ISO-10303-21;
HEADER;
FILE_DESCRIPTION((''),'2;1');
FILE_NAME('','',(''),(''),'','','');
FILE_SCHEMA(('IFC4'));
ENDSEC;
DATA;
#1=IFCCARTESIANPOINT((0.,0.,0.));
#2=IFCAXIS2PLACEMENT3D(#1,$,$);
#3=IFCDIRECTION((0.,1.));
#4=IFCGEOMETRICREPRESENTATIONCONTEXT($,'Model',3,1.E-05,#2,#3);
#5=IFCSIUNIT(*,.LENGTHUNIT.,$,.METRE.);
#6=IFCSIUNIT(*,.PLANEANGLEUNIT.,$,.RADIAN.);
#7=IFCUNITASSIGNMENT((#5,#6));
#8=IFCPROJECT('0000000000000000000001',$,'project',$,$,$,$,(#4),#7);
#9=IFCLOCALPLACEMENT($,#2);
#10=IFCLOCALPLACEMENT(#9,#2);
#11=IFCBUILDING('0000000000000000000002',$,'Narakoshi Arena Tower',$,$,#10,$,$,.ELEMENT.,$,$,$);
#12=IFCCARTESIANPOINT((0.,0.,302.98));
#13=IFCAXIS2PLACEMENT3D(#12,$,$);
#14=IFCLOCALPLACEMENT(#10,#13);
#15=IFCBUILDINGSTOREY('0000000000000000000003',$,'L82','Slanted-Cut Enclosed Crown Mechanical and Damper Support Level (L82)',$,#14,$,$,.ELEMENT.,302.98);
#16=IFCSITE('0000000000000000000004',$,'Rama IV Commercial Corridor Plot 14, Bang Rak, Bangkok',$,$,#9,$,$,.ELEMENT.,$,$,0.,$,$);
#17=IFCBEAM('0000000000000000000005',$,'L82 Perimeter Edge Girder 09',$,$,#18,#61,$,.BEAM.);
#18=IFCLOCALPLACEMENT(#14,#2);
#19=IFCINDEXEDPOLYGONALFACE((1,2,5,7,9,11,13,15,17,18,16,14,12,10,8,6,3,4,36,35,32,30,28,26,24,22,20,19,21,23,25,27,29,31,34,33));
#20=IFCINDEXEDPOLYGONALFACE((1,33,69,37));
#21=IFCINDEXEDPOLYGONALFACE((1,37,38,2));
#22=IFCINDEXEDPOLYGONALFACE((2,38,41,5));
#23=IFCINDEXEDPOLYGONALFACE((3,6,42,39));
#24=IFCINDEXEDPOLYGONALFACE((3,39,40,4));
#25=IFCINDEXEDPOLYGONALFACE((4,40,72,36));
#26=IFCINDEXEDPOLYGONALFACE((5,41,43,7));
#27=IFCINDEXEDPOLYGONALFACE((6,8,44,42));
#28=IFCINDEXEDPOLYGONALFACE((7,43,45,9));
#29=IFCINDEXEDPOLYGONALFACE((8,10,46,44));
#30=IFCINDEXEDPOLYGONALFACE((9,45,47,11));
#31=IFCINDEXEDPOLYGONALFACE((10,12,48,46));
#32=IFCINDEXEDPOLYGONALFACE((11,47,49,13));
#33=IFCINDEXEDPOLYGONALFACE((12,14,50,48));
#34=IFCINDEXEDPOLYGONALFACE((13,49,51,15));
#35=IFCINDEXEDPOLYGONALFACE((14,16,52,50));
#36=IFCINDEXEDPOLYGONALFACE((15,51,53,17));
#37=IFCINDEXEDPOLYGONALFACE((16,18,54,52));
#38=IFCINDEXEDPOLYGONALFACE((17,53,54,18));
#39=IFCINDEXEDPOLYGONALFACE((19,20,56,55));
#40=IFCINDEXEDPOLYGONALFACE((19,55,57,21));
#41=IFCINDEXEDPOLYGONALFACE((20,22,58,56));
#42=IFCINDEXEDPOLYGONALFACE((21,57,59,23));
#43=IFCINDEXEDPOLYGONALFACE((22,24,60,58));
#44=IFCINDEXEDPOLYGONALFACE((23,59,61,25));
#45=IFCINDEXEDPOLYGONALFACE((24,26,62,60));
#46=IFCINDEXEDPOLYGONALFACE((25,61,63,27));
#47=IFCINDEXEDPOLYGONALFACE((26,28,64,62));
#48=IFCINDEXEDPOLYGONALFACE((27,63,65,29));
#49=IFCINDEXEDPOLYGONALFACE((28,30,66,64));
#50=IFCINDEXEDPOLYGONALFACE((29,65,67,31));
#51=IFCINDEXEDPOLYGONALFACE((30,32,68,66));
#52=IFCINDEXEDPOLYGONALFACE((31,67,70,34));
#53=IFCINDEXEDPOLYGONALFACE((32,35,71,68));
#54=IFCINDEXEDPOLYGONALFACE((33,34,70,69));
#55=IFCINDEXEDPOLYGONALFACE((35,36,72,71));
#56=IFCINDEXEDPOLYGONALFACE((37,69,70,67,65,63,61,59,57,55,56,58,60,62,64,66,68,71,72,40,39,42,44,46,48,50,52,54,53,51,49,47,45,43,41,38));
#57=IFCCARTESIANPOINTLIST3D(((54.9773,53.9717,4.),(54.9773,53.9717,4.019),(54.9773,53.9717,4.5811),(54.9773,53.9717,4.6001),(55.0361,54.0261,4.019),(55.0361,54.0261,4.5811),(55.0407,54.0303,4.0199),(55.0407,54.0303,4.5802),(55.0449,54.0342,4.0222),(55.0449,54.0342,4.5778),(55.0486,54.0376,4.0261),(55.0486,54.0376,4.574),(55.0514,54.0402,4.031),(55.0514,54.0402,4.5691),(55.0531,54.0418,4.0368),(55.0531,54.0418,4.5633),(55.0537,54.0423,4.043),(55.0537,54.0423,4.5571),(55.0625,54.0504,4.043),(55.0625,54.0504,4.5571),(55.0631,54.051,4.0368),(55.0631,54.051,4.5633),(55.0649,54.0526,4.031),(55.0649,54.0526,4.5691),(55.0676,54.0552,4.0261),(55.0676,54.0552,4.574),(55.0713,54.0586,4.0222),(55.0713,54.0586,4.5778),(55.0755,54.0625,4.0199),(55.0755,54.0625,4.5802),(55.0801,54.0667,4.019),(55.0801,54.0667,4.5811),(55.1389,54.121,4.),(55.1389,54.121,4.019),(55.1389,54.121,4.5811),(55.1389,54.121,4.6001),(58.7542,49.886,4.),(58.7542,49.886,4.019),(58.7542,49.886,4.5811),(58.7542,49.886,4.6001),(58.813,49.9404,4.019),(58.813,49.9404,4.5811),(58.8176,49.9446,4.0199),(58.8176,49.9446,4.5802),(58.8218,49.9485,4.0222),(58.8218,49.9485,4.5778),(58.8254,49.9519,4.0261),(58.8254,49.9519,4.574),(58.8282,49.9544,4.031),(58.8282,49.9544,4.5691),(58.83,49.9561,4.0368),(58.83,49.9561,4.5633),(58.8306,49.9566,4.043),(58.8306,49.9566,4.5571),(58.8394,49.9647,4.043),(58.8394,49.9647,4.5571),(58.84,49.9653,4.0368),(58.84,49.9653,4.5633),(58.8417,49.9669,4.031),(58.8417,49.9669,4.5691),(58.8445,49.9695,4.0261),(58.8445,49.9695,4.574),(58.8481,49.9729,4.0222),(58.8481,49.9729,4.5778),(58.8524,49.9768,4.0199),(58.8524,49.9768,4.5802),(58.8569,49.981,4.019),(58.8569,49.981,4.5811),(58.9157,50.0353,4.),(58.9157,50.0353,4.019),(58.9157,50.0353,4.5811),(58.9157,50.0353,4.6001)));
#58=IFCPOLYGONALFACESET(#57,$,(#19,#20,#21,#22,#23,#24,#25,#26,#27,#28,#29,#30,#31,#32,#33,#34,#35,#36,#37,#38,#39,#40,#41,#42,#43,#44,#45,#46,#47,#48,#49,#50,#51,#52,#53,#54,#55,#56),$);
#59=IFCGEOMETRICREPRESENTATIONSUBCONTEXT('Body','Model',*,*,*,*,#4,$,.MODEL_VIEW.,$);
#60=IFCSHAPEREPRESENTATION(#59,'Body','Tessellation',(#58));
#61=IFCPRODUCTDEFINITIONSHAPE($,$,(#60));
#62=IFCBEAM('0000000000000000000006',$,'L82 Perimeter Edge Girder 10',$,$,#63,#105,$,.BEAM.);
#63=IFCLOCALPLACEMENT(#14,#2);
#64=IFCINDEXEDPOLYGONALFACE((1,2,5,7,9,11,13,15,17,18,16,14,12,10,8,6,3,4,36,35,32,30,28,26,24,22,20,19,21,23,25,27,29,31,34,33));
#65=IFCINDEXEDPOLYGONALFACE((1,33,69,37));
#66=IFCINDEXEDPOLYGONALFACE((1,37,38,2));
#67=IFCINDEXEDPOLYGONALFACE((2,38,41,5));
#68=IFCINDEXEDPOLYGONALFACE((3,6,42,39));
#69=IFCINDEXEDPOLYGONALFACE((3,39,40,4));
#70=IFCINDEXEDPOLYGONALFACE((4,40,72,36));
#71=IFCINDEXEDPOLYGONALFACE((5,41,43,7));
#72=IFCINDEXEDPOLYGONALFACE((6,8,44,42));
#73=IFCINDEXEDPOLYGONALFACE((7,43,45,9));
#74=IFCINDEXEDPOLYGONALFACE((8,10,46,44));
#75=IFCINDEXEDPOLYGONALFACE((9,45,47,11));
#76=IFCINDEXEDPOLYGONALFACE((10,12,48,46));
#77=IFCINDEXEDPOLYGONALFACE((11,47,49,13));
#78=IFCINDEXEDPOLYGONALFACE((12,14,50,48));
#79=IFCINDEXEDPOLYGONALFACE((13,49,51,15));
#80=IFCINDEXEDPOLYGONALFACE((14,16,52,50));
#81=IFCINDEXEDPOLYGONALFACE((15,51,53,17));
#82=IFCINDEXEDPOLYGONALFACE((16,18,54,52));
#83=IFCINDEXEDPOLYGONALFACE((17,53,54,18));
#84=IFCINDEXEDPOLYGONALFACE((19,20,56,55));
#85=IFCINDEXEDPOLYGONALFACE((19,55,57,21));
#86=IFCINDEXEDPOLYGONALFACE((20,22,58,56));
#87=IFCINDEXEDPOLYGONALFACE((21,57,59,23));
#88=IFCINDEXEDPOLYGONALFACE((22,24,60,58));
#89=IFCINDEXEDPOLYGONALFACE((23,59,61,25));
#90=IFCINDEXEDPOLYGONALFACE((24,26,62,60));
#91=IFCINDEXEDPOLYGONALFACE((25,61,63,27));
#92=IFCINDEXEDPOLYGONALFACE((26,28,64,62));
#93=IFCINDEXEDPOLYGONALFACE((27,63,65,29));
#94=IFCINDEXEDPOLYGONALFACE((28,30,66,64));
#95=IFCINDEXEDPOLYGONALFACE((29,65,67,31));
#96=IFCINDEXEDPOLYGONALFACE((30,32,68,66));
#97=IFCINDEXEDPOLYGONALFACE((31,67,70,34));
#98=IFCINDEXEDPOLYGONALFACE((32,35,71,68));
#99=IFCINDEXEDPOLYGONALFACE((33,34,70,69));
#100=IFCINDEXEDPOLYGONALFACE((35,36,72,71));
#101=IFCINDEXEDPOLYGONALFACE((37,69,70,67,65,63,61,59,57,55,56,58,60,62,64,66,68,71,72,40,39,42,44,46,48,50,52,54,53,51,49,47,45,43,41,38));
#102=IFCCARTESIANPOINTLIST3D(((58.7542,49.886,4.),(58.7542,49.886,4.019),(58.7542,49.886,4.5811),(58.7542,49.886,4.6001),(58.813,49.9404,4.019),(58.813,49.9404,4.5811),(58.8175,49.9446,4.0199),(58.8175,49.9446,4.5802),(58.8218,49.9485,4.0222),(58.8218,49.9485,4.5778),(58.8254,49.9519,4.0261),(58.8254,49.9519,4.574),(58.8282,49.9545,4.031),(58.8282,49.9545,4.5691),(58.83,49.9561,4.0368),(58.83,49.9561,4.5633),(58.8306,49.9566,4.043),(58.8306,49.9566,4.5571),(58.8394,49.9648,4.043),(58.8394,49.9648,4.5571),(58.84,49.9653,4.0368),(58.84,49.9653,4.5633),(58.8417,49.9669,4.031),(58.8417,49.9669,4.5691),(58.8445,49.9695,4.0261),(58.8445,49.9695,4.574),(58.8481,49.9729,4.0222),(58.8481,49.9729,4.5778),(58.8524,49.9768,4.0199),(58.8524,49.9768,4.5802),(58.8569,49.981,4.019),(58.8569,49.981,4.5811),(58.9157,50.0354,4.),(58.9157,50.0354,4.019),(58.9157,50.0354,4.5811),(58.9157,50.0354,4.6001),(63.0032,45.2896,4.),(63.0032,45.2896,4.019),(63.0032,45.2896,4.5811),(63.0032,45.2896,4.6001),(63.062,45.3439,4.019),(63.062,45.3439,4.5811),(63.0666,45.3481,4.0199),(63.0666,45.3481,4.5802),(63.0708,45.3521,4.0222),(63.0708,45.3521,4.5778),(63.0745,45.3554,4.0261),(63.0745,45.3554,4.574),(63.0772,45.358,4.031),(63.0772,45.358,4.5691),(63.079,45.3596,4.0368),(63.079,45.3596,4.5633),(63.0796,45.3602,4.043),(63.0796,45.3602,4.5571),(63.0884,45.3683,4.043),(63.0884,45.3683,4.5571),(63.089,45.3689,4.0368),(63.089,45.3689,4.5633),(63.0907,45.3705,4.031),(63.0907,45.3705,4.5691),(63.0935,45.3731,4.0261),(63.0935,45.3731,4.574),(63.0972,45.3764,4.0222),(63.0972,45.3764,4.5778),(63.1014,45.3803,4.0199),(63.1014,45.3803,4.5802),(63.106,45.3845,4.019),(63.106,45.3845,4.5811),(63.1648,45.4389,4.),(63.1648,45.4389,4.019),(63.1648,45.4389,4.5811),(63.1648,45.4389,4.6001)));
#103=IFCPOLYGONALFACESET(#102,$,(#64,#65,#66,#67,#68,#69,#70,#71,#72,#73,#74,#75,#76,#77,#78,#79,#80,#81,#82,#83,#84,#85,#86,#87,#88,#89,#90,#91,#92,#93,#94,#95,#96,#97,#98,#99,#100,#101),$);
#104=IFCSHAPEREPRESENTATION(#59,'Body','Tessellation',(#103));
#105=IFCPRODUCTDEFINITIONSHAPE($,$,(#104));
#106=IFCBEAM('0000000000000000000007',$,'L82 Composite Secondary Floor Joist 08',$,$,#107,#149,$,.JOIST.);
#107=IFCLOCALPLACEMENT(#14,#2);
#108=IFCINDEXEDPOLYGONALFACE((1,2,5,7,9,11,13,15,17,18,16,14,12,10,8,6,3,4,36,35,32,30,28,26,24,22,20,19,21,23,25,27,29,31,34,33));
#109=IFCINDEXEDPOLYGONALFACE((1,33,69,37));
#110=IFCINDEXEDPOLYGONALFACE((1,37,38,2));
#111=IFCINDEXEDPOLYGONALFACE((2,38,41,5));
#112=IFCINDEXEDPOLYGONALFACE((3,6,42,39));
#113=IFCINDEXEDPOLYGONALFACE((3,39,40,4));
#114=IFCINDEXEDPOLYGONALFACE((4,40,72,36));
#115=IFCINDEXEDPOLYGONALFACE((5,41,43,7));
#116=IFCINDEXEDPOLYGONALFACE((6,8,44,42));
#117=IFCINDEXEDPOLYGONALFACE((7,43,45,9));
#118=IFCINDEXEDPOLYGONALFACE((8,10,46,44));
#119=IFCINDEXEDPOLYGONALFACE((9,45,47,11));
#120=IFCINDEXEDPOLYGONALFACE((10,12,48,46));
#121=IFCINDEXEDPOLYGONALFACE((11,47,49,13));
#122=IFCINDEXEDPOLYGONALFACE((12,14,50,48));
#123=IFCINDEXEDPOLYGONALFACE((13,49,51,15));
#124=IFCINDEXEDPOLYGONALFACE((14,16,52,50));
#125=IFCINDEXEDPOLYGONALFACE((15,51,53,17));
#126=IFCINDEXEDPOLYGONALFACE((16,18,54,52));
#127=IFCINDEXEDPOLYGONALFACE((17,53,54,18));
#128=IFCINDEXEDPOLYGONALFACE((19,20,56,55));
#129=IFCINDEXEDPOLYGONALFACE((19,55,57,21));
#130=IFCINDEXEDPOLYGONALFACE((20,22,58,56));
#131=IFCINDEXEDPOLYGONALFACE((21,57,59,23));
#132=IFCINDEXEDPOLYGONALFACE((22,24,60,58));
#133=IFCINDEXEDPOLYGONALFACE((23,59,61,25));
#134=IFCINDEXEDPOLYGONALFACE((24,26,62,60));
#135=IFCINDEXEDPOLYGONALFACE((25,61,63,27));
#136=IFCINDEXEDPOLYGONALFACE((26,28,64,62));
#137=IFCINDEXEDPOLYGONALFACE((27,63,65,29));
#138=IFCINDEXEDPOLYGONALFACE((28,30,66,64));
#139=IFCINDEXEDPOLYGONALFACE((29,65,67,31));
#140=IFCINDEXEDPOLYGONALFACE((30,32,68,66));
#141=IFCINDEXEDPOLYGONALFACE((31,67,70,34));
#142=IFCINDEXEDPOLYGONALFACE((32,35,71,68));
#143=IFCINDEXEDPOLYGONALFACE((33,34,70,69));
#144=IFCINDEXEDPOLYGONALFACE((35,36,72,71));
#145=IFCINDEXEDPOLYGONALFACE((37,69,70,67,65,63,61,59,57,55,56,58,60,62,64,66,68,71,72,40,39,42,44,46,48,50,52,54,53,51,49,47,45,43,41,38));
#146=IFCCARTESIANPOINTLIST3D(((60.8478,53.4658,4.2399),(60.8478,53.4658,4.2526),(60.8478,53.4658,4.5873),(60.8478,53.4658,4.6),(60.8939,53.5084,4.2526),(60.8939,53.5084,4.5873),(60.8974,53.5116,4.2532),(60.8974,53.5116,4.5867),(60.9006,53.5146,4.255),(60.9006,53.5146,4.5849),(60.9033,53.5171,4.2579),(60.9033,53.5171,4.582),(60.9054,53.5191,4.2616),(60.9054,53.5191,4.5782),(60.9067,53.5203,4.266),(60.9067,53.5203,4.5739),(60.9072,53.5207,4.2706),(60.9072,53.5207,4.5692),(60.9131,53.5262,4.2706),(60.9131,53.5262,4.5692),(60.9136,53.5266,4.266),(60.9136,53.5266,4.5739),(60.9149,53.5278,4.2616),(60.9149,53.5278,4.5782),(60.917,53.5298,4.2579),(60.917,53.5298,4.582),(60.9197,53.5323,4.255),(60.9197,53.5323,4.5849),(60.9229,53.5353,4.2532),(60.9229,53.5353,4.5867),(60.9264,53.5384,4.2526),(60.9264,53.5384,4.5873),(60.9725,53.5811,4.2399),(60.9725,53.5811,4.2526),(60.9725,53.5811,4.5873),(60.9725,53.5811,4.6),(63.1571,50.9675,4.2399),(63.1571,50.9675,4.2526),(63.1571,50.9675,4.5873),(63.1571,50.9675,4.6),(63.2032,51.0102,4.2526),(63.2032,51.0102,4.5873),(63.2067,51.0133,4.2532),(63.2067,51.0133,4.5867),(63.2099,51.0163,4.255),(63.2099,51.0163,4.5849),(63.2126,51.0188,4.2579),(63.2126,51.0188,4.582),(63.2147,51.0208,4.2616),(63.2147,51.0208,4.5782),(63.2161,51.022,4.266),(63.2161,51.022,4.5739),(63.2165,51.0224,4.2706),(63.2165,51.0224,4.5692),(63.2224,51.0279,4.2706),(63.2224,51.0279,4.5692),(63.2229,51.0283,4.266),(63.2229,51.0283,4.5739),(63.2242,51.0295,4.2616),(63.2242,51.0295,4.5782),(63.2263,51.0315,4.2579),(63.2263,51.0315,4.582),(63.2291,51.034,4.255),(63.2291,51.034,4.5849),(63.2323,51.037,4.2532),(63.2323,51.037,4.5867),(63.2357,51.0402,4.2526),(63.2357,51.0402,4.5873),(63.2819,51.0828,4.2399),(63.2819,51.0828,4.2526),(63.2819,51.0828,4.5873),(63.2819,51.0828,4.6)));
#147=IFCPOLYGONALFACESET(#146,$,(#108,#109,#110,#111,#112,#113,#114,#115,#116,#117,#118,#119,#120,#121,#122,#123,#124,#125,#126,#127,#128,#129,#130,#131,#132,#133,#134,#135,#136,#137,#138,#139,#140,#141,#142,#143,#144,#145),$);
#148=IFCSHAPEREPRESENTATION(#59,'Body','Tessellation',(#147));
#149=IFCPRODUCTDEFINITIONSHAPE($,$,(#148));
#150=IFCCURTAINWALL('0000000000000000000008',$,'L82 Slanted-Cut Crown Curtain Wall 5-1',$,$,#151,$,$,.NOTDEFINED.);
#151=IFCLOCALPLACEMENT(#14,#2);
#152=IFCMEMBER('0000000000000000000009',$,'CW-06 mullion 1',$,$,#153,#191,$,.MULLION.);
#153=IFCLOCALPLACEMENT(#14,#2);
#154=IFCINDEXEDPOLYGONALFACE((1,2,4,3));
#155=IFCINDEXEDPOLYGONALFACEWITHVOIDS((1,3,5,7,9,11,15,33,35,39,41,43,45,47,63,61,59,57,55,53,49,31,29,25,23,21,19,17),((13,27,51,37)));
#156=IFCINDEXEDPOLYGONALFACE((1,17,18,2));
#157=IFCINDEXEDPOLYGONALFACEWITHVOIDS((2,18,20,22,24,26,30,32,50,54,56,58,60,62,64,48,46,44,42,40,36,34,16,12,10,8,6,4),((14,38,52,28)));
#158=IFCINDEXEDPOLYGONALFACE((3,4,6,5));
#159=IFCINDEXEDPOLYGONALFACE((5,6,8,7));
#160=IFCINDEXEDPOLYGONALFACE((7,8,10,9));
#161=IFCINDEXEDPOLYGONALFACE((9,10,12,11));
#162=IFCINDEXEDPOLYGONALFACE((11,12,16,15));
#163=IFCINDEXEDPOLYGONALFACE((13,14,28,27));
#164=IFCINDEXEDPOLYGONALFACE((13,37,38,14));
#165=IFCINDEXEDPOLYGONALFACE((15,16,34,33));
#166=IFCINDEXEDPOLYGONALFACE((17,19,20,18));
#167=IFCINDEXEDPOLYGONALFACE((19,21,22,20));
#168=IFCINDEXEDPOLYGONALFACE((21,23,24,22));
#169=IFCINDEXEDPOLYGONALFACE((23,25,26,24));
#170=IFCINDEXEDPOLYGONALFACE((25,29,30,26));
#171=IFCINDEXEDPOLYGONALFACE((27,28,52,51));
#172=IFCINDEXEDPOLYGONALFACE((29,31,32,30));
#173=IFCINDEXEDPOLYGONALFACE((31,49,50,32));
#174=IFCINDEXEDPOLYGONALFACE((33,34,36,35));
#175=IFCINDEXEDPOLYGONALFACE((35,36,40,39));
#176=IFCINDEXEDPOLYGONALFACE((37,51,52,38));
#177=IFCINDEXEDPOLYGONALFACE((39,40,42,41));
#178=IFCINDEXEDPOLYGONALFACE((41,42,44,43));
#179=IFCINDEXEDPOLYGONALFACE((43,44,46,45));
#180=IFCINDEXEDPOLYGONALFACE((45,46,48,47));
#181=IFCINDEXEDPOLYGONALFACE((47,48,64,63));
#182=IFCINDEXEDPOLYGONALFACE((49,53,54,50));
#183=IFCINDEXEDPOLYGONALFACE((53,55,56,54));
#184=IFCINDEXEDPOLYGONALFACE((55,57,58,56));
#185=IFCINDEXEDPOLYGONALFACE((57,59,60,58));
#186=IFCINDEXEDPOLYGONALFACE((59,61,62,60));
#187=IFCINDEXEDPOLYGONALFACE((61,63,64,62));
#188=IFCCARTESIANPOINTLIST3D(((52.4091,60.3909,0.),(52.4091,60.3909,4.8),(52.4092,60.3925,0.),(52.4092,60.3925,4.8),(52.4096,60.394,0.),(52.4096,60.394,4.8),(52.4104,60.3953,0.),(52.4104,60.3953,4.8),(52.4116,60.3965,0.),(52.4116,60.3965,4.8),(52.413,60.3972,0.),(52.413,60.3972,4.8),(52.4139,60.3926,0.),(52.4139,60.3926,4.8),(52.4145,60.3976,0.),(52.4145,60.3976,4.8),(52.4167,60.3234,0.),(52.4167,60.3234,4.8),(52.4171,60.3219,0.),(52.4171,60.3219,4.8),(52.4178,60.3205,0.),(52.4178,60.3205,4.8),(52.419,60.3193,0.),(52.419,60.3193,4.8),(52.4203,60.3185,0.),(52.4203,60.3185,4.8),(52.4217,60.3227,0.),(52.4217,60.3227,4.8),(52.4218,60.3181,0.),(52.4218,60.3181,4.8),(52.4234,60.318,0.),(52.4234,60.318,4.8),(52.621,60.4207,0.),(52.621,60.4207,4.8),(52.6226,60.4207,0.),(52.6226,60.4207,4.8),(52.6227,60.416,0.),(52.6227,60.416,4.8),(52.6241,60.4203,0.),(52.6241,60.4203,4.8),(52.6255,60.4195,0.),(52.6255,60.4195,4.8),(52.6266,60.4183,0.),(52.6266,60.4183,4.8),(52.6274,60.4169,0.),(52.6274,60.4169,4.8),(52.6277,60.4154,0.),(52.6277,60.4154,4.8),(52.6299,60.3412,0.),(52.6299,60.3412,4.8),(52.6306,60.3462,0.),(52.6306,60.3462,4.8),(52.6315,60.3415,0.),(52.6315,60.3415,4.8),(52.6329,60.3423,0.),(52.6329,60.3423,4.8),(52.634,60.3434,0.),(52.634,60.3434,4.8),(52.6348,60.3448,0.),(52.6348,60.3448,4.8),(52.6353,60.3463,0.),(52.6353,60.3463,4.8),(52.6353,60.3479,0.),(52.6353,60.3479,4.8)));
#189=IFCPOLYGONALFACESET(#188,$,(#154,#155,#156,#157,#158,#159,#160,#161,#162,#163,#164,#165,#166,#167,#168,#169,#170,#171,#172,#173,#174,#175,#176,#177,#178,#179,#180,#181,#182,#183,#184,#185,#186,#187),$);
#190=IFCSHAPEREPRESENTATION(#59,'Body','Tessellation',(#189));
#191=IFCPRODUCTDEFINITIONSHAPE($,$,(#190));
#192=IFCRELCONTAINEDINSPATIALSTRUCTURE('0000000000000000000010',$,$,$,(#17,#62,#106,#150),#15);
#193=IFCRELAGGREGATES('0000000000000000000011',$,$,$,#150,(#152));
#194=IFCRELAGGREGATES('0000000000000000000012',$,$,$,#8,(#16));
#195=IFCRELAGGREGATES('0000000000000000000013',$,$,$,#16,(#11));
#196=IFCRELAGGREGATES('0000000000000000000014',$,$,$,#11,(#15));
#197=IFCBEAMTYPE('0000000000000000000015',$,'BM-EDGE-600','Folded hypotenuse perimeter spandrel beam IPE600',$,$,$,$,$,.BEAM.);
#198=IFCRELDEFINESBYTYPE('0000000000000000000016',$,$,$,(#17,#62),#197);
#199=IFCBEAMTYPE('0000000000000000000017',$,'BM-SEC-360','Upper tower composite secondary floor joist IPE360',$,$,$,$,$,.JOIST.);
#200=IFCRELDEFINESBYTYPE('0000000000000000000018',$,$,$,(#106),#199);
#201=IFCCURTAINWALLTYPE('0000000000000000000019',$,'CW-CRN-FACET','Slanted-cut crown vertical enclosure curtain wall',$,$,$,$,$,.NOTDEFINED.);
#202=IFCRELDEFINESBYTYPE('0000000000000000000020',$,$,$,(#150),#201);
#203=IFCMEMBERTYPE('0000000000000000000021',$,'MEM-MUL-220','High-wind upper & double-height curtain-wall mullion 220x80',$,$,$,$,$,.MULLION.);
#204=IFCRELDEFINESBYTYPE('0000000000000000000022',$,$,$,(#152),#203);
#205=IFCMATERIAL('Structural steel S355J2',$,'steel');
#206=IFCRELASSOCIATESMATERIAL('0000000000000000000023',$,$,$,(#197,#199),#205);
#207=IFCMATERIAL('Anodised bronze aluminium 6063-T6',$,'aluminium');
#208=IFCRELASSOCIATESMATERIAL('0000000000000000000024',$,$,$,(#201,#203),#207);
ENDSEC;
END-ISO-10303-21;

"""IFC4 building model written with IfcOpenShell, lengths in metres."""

from ifc_helpers import new_model, si_unit, direction, frame, origin, origin_2d, place, context, subcontext, project, spatial, hollow_rectangle, i_section, extrude, material, material_profile, profile_set, type_object, element, aggregate, save


model = new_model("IFC4")

# Units and contexts
model_context = context("Model", 3, precision=1e-05, world=origin(), true_north=direction((0.0, 1.0)))
body_context = subcontext(model_context, "Body", "Model", "MODEL_VIEW")
ifc_project = project(units=[si_unit("LENGTHUNIT", "METRE"), si_unit("PLANEANGLEUNIT", "RADIAN")], contexts=[model_context])

# Site, building, storey
site_placement = place(None, origin())
site = spatial("IfcSite", under=ifc_project, at=site_placement, Name="Rama IV Commercial Corridor Plot 14, Bang Rak, Bangkok", CompositionType="ELEMENT", RefElevation=0.0)
building_placement = place(site_placement, origin())
building = spatial("IfcBuilding", under=site, at=building_placement, Name="Narakoshi Arena Tower", CompositionType="ELEMENT")
storey_placement = place(building_placement, frame((0.0, 0.0, 302.98)))
storey = spatial("IfcBuildingStorey", under=building, at=storey_placement, Name="L82", Description="Slanted-Cut Enclosed Crown Mechanical and Damper Support Level (L82)", CompositionType="ELEMENT", Elevation=302.98)

# Shared definitions
ifc_material_1 = material(Name="Structural steel S355J2", Category="steel")

# Beams
ifc_material_profile_1 = material_profile(ifc_material_1, i_section(OverallWidth=0.22, OverallDepth=0.6001, WebThickness=0.012, FlangeThickness=0.019, FilletRadius=0.0239, at=origin_2d()), Name="IPE600")
ifc_profile_set_1 = profile_set([ifc_material_profile_1], Name="Structural steel S355J2")
beam_type_1 = type_object("IfcBeamType", Name="BM-EDGE-600", Description="Folded hypotenuse perimeter spandrel beam IPE600", PredefinedType="BEAM", material=ifc_profile_set_1)
beam_1_placement = place(storey_placement, frame((55.0581, 54.0464, 4.3), z_axis=(0.678808, -0.734315, 0.0), x_axis=(0.734315, 0.678808, 0.0)))
element("IfcBeam", 1, at=beam_1_placement, inside=storey, type_object=beam_type_1, Name="L82 Perimeter Edge Girder 09", PredefinedType="BEAM", context=body_context, shape_type="SweptSolid", body=[
    extrude(i_section(OverallWidth=0.22, OverallDepth=0.6001, WebThickness=0.012, FlangeThickness=0.019, FilletRadius=0.0239, at=origin_2d()), origin(), (0.0, 0.0, 1.0), 5.564),
])
beam_2_placement = place(storey_placement, frame((58.835, 49.9607, 4.3), z_axis=(0.678811, -0.734313, 0.0), x_axis=(0.734313, 0.678811, 0.0)))
element("IfcBeam", 2, at=beam_2_placement, inside=storey, type_object=beam_type_1, Name="L82 Perimeter Edge Girder 10", PredefinedType="BEAM", context=body_context, shape_type="SweptSolid", body=[
    extrude(i_section(OverallWidth=0.22, OverallDepth=0.6001, WebThickness=0.012, FlangeThickness=0.019, FilletRadius=0.0239, at=origin_2d()), origin(), (0.0, 0.0, 1.0), 6.2595),
])
ifc_material_profile_2 = material_profile(ifc_material_1, i_section(OverallWidth=0.1699, OverallDepth=0.3601, WebThickness=0.0081, FlangeThickness=0.0127, FilletRadius=0.0181, at=origin_2d()), Name="IPE360")
ifc_profile_set_2 = profile_set([ifc_material_profile_2], Name="Structural steel S355J2")
beam_type_2 = type_object("IfcBeamType", Name="BM-SEC-360", Description="Upper tower composite secondary floor joist IPE360", PredefinedType="JOIST", material=ifc_profile_set_2)
beam_3_placement = place(storey_placement, frame((60.9102, 53.5234, 4.4199), z_axis=(0.67879, -0.734333, 0.0), x_axis=(0.734333, 0.67879, 0.0)))
element("IfcBeam", 3, at=beam_3_placement, inside=storey, type_object=beam_type_2, Name="L82 Composite Secondary Floor Joist 08", PredefinedType="JOIST", context=body_context, shape_type="SweptSolid", body=[
    extrude(i_section(OverallWidth=0.1699, OverallDepth=0.3601, WebThickness=0.0081, FlangeThickness=0.0127, FilletRadius=0.0181, at=origin_2d()), origin(), (0.0, 0.0, 1.0), 3.4021),
])

# Curtain wall, member
ifc_material_2 = material(Name="Anodised bronze aluminium 6063-T6", Category="aluminium")
curtain_wall_type = type_object("IfcCurtainWallType", Name="CW-CRN-FACET", Description="Slanted-cut crown vertical enclosure curtain wall", PredefinedType="NOTDEFINED", material=ifc_material_2)
curtain_wall_1_placement = place(storey_placement, origin())
curtain_wall_1 = element("IfcCurtainWall", 4, at=curtain_wall_1_placement, inside=storey, type_object=curtain_wall_type, Name="L82 Slanted-Cut Crown Curtain Wall 5-1", PredefinedType="NOTDEFINED")
ifc_material_profile_3 = material_profile(ifc_material_2, hollow_rectangle(XDim=0.0801, YDim=0.22, WallThickness=0.0049, OuterFilletRadius=0.0061, at=origin_2d()), Name="MUL220x80x5")
ifc_profile_set_3 = profile_set([ifc_material_profile_3], Name="Anodised bronze aluminium 6063-T6")
member_type_1 = type_object("IfcMemberType", Name="MEM-MUL-220", Description="High-wind upper & double-height curtain-wall mullion 220x80", PredefinedType="MULLION", material=ifc_profile_set_3)
member_1_placement = place(storey_placement, frame((52.5222, 60.3694, 0.0), z_axis=(0.0, 0.0, 1.0), x_axis=(-0.111395, 0.993776, 0.0)))
member_1 = element("IfcMember", 5, at=member_1_placement, type_object=member_type_1, Name="CW-06 mullion 1", PredefinedType="MULLION", context=body_context, shape_type="SweptSolid", body=[
    extrude(hollow_rectangle(XDim=0.0801, YDim=0.22, WallThickness=0.0049, OuterFilletRadius=0.0061, at=origin_2d()), origin(), (0.0, 0.0, 1.0), 4.8),
])

aggregate(curtain_wall_1, [member_1])

save(model, "model.ifc")
